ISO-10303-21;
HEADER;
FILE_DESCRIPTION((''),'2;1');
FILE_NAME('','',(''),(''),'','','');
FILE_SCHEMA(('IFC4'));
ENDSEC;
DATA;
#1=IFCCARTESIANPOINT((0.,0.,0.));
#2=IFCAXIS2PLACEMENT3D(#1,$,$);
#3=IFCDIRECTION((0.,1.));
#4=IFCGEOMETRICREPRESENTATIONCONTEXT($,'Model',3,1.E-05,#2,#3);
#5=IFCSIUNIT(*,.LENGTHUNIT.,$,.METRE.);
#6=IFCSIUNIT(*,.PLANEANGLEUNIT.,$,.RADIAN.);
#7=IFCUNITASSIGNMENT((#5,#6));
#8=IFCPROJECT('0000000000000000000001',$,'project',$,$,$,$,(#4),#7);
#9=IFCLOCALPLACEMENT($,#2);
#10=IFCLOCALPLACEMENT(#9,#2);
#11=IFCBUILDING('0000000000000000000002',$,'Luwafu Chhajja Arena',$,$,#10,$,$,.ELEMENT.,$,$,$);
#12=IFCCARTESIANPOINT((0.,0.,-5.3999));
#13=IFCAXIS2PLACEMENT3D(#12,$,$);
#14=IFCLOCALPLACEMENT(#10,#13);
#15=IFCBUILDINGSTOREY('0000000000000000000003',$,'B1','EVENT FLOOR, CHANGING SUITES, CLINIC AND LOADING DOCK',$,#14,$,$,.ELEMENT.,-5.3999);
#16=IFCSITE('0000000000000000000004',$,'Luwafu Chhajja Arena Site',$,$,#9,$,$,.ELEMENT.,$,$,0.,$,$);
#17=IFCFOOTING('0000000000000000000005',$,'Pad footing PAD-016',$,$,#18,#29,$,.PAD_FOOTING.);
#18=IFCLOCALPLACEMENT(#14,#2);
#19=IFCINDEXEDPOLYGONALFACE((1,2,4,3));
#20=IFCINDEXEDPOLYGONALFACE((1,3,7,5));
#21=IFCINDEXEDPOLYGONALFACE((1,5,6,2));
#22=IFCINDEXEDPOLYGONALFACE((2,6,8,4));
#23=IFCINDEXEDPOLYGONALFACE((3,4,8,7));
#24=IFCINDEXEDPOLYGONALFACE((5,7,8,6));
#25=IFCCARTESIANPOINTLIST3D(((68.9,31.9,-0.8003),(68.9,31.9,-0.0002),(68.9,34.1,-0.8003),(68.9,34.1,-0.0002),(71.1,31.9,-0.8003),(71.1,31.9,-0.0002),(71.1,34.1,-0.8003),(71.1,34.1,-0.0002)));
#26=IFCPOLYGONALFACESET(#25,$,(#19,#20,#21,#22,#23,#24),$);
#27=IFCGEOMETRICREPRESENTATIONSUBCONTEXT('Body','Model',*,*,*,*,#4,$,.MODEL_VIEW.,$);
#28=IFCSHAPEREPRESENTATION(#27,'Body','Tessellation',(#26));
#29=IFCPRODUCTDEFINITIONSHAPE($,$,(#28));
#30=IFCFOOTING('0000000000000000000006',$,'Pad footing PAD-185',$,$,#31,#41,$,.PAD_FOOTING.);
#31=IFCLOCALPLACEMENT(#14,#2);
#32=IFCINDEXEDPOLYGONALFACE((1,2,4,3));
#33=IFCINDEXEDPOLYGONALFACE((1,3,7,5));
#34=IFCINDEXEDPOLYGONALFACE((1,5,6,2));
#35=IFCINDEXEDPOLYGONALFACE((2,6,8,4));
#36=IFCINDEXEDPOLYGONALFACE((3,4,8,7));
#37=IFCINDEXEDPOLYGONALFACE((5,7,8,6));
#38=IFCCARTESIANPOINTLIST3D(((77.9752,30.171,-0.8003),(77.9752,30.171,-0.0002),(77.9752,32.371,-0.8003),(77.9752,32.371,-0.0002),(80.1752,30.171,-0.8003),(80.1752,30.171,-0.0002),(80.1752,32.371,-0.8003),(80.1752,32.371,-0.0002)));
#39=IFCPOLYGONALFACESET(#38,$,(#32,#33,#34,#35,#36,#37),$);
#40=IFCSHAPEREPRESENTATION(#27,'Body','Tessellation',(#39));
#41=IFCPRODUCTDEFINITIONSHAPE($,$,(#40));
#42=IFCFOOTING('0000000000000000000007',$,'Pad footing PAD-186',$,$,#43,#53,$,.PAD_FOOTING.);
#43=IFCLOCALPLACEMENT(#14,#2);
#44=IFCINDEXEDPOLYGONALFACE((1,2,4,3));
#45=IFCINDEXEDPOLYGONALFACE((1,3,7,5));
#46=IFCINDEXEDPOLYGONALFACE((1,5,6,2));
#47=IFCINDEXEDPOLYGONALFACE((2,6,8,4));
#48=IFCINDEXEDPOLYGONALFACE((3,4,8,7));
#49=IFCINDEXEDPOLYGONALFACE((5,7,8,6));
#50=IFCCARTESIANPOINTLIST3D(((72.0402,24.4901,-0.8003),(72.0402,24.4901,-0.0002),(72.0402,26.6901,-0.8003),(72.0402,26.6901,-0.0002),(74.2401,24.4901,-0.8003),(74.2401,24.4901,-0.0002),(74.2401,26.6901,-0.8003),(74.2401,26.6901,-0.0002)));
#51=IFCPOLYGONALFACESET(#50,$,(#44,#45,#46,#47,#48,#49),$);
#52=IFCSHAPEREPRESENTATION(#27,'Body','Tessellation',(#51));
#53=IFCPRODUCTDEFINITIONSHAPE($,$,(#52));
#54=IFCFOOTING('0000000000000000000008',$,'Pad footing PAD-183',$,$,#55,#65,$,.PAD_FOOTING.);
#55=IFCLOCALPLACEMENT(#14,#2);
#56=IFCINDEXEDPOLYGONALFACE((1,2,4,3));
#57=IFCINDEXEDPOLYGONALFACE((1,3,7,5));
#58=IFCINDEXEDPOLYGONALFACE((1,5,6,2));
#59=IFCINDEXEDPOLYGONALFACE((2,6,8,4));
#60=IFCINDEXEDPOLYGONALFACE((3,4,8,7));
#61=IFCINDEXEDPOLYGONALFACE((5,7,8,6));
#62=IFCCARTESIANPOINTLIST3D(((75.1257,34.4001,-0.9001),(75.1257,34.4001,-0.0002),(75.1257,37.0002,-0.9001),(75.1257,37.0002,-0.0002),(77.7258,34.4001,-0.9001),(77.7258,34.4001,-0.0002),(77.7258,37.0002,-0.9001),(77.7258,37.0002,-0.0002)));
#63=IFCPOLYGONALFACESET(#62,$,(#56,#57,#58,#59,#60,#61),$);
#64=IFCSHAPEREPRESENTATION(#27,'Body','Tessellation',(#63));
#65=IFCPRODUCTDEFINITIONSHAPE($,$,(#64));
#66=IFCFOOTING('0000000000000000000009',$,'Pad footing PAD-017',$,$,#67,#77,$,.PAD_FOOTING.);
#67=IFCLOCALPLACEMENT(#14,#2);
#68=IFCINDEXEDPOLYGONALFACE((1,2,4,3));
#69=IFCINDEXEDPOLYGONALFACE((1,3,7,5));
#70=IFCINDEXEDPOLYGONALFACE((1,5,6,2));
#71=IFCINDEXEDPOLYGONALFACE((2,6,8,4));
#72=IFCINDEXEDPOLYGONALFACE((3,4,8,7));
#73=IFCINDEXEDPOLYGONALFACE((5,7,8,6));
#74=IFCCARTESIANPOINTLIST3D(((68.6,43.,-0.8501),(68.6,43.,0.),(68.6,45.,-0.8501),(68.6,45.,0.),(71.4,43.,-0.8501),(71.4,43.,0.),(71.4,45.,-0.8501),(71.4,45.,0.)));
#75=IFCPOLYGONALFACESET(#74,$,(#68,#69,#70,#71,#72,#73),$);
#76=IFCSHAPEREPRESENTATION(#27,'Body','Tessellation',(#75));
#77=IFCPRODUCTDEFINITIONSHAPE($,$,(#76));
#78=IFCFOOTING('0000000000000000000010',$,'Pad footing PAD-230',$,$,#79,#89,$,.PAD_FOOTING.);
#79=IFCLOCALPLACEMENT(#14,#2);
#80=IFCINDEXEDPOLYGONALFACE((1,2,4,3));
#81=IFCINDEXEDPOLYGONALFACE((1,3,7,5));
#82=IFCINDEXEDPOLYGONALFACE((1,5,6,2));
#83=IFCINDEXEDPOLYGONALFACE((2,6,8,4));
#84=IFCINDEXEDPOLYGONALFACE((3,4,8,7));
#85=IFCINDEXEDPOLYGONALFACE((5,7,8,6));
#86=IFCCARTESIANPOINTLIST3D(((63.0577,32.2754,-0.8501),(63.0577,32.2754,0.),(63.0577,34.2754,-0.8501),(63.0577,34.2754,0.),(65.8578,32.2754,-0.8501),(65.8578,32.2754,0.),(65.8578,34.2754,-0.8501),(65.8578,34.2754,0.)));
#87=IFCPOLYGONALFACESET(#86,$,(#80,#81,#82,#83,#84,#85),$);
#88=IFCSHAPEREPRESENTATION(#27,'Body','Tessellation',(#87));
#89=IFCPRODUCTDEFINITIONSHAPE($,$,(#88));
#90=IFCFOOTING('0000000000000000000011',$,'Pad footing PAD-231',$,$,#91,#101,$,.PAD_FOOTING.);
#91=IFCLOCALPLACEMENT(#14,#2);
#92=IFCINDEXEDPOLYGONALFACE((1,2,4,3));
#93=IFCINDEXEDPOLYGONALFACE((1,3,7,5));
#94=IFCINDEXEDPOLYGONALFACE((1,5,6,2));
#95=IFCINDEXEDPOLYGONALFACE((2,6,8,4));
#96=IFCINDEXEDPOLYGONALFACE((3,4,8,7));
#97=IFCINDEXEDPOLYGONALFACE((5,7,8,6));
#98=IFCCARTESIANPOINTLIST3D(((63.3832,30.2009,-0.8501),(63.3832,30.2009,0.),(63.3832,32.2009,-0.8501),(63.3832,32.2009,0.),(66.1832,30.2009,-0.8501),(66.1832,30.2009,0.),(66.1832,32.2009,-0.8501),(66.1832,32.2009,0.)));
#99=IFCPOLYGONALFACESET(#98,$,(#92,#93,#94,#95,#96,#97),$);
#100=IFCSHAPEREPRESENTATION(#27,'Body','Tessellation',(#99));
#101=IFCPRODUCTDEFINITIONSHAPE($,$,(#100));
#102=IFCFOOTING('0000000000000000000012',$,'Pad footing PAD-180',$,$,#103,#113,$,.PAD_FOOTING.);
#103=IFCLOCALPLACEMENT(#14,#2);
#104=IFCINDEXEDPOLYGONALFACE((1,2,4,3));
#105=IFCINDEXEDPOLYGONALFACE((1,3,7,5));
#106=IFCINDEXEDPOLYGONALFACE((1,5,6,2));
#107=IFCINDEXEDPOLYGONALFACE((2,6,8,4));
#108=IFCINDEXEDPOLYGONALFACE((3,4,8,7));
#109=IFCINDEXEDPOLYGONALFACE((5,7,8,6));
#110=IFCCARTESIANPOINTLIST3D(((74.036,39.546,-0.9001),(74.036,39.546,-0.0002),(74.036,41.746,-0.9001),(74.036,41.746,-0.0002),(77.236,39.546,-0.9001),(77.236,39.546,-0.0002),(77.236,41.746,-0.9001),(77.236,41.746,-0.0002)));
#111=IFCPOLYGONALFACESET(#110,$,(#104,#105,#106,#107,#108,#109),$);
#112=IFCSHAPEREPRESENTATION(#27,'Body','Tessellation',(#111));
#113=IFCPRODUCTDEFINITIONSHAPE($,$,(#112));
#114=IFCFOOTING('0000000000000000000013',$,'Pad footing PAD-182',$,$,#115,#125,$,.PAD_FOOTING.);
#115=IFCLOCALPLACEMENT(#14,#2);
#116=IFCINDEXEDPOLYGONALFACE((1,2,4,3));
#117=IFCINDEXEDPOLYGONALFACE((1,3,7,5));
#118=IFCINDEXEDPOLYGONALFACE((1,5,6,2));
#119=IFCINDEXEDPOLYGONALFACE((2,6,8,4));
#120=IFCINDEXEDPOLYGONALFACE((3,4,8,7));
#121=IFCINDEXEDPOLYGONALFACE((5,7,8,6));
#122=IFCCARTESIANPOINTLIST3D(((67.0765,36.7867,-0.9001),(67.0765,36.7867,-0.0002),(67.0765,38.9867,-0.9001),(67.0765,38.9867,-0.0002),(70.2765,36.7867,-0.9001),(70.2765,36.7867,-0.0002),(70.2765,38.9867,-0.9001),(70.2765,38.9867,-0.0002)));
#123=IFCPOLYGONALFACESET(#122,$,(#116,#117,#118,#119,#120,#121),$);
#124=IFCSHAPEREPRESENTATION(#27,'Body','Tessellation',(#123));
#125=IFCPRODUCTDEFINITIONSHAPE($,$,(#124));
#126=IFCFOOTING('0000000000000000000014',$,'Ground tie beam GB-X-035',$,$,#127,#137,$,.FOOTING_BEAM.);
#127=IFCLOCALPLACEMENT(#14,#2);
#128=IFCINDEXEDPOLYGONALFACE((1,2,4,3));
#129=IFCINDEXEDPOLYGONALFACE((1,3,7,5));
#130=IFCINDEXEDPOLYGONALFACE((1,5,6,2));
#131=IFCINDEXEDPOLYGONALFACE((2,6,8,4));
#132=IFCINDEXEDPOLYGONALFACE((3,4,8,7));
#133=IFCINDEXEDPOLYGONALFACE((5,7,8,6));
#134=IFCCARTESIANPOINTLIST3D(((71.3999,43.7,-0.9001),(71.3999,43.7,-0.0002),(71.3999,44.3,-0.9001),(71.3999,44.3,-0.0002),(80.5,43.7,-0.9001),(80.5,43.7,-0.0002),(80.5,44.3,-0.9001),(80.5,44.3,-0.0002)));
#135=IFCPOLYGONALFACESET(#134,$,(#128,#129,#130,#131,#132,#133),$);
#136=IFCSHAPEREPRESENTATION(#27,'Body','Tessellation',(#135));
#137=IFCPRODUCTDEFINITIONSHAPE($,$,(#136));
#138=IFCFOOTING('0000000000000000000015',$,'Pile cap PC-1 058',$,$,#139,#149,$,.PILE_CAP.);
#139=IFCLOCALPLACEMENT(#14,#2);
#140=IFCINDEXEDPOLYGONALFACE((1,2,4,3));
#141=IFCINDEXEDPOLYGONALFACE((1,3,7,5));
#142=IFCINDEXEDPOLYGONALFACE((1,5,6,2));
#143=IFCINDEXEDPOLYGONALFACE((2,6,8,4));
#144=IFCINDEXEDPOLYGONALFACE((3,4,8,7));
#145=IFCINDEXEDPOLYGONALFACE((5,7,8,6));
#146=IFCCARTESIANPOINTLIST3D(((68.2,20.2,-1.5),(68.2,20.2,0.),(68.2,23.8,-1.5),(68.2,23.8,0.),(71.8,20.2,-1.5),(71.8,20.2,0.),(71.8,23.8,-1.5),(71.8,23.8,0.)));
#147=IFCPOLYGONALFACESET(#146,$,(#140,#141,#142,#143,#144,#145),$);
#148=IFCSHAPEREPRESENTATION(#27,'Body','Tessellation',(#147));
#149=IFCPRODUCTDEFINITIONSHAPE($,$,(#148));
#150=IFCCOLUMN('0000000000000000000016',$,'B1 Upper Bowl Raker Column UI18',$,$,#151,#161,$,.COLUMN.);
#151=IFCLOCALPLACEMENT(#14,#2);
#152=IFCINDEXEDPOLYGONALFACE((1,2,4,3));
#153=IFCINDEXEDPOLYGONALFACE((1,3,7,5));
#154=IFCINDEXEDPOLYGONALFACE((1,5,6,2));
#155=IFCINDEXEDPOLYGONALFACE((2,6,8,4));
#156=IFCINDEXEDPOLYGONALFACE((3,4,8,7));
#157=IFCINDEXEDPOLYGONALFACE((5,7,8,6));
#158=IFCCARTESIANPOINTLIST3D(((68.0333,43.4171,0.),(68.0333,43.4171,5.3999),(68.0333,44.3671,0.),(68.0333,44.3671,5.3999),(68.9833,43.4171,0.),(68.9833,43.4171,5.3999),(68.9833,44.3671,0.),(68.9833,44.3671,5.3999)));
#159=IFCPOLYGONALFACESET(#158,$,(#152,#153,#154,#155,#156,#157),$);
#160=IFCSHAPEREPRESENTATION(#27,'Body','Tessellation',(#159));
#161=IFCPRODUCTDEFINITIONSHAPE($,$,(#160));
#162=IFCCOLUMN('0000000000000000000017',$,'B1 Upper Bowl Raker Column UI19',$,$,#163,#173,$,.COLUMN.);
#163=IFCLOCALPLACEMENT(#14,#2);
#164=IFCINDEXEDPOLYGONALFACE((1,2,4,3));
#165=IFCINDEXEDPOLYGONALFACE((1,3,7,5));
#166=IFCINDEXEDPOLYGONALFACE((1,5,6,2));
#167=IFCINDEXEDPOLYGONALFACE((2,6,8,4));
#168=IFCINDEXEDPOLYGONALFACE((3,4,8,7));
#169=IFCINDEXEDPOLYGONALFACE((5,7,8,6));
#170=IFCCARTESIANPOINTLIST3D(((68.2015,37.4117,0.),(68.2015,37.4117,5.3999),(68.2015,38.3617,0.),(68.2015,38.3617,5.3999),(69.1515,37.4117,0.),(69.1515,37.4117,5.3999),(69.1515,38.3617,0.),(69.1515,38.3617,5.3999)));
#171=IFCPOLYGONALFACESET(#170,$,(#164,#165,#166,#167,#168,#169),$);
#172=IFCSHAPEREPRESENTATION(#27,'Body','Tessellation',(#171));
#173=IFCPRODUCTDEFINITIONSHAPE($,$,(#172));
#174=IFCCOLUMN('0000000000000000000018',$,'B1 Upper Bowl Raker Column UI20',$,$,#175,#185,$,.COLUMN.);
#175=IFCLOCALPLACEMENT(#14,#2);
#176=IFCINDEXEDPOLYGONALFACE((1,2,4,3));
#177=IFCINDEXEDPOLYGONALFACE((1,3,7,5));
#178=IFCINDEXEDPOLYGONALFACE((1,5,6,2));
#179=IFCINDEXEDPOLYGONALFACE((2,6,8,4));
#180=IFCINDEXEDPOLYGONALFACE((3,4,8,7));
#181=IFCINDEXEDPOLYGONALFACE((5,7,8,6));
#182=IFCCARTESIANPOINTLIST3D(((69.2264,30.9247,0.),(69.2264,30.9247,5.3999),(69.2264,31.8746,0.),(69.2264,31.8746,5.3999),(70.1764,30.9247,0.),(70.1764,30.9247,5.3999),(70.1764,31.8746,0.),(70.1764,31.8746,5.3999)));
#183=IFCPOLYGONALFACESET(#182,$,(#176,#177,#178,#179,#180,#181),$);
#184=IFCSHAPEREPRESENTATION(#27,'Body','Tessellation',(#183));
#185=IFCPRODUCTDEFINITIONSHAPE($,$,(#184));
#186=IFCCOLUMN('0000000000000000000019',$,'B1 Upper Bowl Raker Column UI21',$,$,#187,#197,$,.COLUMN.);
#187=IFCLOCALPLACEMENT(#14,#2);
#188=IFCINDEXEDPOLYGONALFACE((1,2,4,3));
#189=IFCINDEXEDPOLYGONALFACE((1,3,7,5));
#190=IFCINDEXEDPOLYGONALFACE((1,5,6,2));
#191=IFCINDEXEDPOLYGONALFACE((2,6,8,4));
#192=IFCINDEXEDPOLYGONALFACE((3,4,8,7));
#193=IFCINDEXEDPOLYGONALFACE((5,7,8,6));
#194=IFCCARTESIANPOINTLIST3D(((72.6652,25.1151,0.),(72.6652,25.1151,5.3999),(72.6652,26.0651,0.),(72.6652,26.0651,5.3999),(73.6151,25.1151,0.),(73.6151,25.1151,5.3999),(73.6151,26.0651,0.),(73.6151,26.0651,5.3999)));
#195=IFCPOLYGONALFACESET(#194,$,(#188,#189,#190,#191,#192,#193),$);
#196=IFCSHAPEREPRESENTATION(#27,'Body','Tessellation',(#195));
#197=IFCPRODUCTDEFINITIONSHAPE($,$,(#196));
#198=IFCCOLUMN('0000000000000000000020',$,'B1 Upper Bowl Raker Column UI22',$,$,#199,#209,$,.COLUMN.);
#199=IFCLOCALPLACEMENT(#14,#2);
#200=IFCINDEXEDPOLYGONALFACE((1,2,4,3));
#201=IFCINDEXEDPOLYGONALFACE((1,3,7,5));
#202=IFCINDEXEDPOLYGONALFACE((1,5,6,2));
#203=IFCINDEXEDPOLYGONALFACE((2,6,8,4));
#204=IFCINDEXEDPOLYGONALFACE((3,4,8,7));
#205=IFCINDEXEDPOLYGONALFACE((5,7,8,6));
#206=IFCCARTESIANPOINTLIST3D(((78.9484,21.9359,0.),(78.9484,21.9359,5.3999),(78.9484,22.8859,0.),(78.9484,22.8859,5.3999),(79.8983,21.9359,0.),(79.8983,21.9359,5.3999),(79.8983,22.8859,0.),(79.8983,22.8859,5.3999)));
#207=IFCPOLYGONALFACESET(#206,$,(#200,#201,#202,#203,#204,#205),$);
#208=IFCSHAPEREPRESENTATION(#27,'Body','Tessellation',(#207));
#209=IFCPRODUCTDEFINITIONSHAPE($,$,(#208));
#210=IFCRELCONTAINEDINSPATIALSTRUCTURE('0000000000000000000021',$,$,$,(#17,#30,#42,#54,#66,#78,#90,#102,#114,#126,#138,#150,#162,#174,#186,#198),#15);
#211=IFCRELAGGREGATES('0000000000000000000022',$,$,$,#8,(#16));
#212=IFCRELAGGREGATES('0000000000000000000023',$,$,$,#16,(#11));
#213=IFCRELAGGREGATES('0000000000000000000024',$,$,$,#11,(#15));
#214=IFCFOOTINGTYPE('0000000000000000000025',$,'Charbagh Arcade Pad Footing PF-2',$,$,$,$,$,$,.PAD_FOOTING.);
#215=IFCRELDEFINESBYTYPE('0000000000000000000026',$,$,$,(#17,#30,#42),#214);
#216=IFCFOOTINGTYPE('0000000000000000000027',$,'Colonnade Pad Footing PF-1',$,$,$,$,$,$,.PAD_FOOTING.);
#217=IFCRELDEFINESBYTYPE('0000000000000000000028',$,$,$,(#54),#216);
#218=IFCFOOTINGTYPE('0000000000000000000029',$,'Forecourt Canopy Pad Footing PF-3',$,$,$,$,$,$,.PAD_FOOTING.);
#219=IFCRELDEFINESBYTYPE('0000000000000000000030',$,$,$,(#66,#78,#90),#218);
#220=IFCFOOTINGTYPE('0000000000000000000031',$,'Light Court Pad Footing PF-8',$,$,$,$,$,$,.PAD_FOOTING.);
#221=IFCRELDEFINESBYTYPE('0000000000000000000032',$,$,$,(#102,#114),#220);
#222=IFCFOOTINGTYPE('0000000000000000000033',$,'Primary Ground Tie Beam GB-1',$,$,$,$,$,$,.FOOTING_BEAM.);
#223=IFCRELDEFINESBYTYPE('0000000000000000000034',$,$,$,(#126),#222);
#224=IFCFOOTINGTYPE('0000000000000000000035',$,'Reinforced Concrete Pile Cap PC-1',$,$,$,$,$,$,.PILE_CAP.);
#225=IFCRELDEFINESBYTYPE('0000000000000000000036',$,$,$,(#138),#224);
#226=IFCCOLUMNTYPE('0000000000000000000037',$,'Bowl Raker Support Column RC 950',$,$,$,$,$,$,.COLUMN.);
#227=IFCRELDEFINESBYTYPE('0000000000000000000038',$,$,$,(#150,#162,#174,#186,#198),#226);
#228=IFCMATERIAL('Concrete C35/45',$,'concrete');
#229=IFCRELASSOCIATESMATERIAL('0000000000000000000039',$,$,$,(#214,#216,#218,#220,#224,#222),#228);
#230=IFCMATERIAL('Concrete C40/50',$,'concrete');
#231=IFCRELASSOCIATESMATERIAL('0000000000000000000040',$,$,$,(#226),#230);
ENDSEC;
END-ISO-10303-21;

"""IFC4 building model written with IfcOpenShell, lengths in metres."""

from ifc_helpers import new_model, si_unit, direction, frame, origin, origin_2d, place, context, subcontext, project, spatial, rectangle, extrude, material, material_profile, profile_set, type_object, element, save


model = new_model("IFC4")

# Units and contexts
model_context = context("Model", 3, precision=1e-05, world=origin(), true_north=direction((0.0, 1.0)))
body_context = subcontext(model_context, "Body", "Model", "MODEL_VIEW")
ifc_project = project(units=[si_unit("LENGTHUNIT", "METRE"), si_unit("PLANEANGLEUNIT", "RADIAN")], contexts=[model_context])

# Site, building, storey
site_placement = place(None, origin())
site = spatial("IfcSite", under=ifc_project, at=site_placement, Name="Luwafu Chhajja Arena Site", CompositionType="ELEMENT", RefElevation=0.0)
building_placement = place(site_placement, origin())
building = spatial("IfcBuilding", under=site, at=building_placement, Name="Luwafu Chhajja Arena", CompositionType="ELEMENT")
storey_placement = place(building_placement, frame((0.0, 0.0, -5.3999)))
storey = spatial("IfcBuildingStorey", under=building, at=storey_placement, Name="B1", Description="EVENT FLOOR, CHANGING SUITES, CLINIC AND LOADING DOCK", CompositionType="ELEMENT", Elevation=-5.3999)

# Shared definitions
ifc_material_1 = material(Name="Concrete C35/45", Category="concrete")

# Footings
footing_type_1 = type_object("IfcFootingType", Name="Charbagh Arcade Pad Footing PF-2", PredefinedType="PAD_FOOTING", material=ifc_material_1)
for number, where, z_axis, x_axis, name in (
    (1, (70.0, 33.0, -0.8003), (0.0, 0.0, 1.0), (1.0, 0.0, 0.0), "Pad footing PAD-016"),
    (2, (79.0752, 31.271, -0.8003), (0.0, 0.0, 1.0), (1.0, 0.0, 0.0), "Pad footing PAD-185"),
    (3, (73.1401, 25.5901, -0.8003), (0.0, 0.0, 1.0), (1.0, 0.0, 0.0), "Pad footing PAD-186"),
):
    element("IfcFooting", number, at=place(storey_placement, frame(where, z_axis=z_axis, x_axis=x_axis)), inside=storey, type_object=footing_type_1, Name=name, PredefinedType="PAD_FOOTING", context=body_context, shape_type="SweptSolid", body=[
        extrude(rectangle(XDim=2.2, YDim=2.2, at=origin_2d()), origin(), (0.0, 0.0, 1.0), 0.8),
    ])
footing_type_2 = type_object("IfcFootingType", Name="Colonnade Pad Footing PF-1", PredefinedType="PAD_FOOTING", material=ifc_material_1)
footing_1_placement = place(storey_placement, frame((76.4258, 35.7002, -0.9001), z_axis=(0.0, 0.0, 1.0), x_axis=(1.0, 0.0, 0.0)))
element("IfcFooting", 4, at=footing_1_placement, inside=storey, type_object=footing_type_2, Name="Pad footing PAD-183", PredefinedType="PAD_FOOTING", context=body_context, shape_type="SweptSolid", body=[
    extrude(rectangle(XDim=2.6001, YDim=2.6001, at=origin_2d()), origin(), (0.0, 0.0, 1.0), 0.8999),
])
footing_type_3 = type_object("IfcFootingType", Name="Forecourt Canopy Pad Footing PF-3", PredefinedType="PAD_FOOTING", material=ifc_material_1)
for number, where, z_axis, x_axis, name in (
    (5, (70.0, 44.0, -0.8501), (0.0, 0.0, 1.0), (1.0, 0.0, 0.0), "Pad footing PAD-017"),
    (6, (64.4578, 33.2754, -0.8501), (0.0, 0.0, 1.0), (1.0, 0.0, 0.0), "Pad footing PAD-230"),
    (7, (64.7832, 31.2009, -0.8501), (0.0, 0.0, 1.0), (1.0, 0.0, 0.0), "Pad footing PAD-231"),
):
    element("IfcFooting", number, at=place(storey_placement, frame(where, z_axis=z_axis, x_axis=x_axis)), inside=storey, type_object=footing_type_3, Name=name, PredefinedType="PAD_FOOTING", context=body_context, shape_type="SweptSolid", body=[
        extrude(rectangle(XDim=2.8, YDim=2.0, at=origin_2d()), origin(), (0.0, 0.0, 1.0), 0.8501),
    ])
footing_type_4 = type_object("IfcFootingType", Name="Light Court Pad Footing PF-8", PredefinedType="PAD_FOOTING", material=ifc_material_1)
for number, where, z_axis, x_axis, name in (
    (8, (75.636, 40.646, -0.9001), (0.0, 0.0, 1.0), (1.0, 0.0, 0.0), "Pad footing PAD-180"),
    (9, (68.6765, 37.8867, -0.9001), (0.0, 0.0, 1.0), (1.0, 0.0, 0.0), "Pad footing PAD-182"),
):
    element("IfcFooting", number, at=place(storey_placement, frame(where, z_axis=z_axis, x_axis=x_axis)), inside=storey, type_object=footing_type_4, Name=name, PredefinedType="PAD_FOOTING", context=body_context, shape_type="SweptSolid", body=[
        extrude(rectangle(XDim=3.2, YDim=2.2, at=origin_2d()), origin(), (0.0, 0.0, 1.0), 0.8999),
    ])
ifc_material_profile_1 = material_profile(ifc_material_1, rectangle(XDim=0.6001, YDim=0.8999, at=origin_2d()), Name="RC 600x900")
ifc_profile_set_1 = profile_set([ifc_material_profile_1], Name="Concrete C35/45")
footing_type_5 = type_object("IfcFootingType", Name="Primary Ground Tie Beam GB-1", PredefinedType="FOOTING_BEAM", material=ifc_profile_set_1)
footing_2_placement = place(storey_placement, frame((71.3999, 44.0, -0.4502), z_axis=(1.0, 0.0, 0.0), x_axis=(0.0, 1.0, 0.0)))
element("IfcFooting", 10, at=footing_2_placement, inside=storey, type_object=footing_type_5, Name="Ground tie beam GB-X-035", PredefinedType="FOOTING_BEAM", context=body_context, shape_type="SweptSolid", body=[
    extrude(rectangle(XDim=0.6001, YDim=0.8999, at=origin_2d()), origin(), (0.0, 0.0, 1.0), 9.1001),
])
footing_type_6 = type_object("IfcFootingType", Name="Reinforced Concrete Pile Cap PC-1", PredefinedType="PILE_CAP", material=ifc_material_1)
footing_3_placement = place(storey_placement, frame((70.0, 22.0, -1.5), z_axis=(0.0, 0.0, 1.0), x_axis=(1.0, 0.0, 0.0)))
element("IfcFooting", 11, at=footing_3_placement, inside=storey, type_object=footing_type_6, Name="Pile cap PC-1 058", PredefinedType="PILE_CAP", context=body_context, shape_type="SweptSolid", body=[
    extrude(rectangle(XDim=3.6001, YDim=3.6001, at=origin_2d()), origin(), (0.0, 0.0, 1.0), 1.5),
])

# Columns
ifc_material_2 = material(Name="Concrete C40/50", Category="concrete")
ifc_material_profile_2 = material_profile(ifc_material_2, rectangle(XDim=0.95, YDim=0.95, at=origin_2d()), Name="RC 950x950")
ifc_profile_set_2 = profile_set([ifc_material_profile_2], Name="Concrete C40/50")
column_type_1 = type_object("IfcColumnType", Name="Bowl Raker Support Column RC 950", PredefinedType="COLUMN", material=ifc_profile_set_2)
for number, where, z_axis, x_axis, name in (
    (12, (68.5083, 43.8921, 0.0), (0.0, 0.0, 1.0), (1.0, 0.0, 0.0), "B1 Upper Bowl Raker Column UI18"),
    (13, (68.6765, 37.8867, 0.0), (0.0, 0.0, 1.0), (1.0, 0.0, 0.0), "B1 Upper Bowl Raker Column UI19"),
    (14, (69.7014, 31.3997, 0.0), (0.0, 0.0, 1.0), (1.0, 0.0, 0.0), "B1 Upper Bowl Raker Column UI20"),
    (15, (73.1401, 25.5901, 0.0), (0.0, 0.0, 1.0), (1.0, 0.0, 0.0), "B1 Upper Bowl Raker Column UI21"),
    (16, (79.4233, 22.4109, 0.0), (0.0, 0.0, 1.0), (1.0, 0.0, 0.0), "B1 Upper Bowl Raker Column UI22"),
):
    element("IfcColumn", number, at=place(storey_placement, frame(where, z_axis=z_axis, x_axis=x_axis)), inside=storey, type_object=column_type_1, Name=name, PredefinedType="COLUMN", context=body_context, shape_type="SweptSolid", body=[
        extrude(rectangle(XDim=0.95, YDim=0.95, at=origin_2d()), origin(), (0.0, 0.0, 1.0), 5.3999),
    ])

save(model, "model.ifc")
